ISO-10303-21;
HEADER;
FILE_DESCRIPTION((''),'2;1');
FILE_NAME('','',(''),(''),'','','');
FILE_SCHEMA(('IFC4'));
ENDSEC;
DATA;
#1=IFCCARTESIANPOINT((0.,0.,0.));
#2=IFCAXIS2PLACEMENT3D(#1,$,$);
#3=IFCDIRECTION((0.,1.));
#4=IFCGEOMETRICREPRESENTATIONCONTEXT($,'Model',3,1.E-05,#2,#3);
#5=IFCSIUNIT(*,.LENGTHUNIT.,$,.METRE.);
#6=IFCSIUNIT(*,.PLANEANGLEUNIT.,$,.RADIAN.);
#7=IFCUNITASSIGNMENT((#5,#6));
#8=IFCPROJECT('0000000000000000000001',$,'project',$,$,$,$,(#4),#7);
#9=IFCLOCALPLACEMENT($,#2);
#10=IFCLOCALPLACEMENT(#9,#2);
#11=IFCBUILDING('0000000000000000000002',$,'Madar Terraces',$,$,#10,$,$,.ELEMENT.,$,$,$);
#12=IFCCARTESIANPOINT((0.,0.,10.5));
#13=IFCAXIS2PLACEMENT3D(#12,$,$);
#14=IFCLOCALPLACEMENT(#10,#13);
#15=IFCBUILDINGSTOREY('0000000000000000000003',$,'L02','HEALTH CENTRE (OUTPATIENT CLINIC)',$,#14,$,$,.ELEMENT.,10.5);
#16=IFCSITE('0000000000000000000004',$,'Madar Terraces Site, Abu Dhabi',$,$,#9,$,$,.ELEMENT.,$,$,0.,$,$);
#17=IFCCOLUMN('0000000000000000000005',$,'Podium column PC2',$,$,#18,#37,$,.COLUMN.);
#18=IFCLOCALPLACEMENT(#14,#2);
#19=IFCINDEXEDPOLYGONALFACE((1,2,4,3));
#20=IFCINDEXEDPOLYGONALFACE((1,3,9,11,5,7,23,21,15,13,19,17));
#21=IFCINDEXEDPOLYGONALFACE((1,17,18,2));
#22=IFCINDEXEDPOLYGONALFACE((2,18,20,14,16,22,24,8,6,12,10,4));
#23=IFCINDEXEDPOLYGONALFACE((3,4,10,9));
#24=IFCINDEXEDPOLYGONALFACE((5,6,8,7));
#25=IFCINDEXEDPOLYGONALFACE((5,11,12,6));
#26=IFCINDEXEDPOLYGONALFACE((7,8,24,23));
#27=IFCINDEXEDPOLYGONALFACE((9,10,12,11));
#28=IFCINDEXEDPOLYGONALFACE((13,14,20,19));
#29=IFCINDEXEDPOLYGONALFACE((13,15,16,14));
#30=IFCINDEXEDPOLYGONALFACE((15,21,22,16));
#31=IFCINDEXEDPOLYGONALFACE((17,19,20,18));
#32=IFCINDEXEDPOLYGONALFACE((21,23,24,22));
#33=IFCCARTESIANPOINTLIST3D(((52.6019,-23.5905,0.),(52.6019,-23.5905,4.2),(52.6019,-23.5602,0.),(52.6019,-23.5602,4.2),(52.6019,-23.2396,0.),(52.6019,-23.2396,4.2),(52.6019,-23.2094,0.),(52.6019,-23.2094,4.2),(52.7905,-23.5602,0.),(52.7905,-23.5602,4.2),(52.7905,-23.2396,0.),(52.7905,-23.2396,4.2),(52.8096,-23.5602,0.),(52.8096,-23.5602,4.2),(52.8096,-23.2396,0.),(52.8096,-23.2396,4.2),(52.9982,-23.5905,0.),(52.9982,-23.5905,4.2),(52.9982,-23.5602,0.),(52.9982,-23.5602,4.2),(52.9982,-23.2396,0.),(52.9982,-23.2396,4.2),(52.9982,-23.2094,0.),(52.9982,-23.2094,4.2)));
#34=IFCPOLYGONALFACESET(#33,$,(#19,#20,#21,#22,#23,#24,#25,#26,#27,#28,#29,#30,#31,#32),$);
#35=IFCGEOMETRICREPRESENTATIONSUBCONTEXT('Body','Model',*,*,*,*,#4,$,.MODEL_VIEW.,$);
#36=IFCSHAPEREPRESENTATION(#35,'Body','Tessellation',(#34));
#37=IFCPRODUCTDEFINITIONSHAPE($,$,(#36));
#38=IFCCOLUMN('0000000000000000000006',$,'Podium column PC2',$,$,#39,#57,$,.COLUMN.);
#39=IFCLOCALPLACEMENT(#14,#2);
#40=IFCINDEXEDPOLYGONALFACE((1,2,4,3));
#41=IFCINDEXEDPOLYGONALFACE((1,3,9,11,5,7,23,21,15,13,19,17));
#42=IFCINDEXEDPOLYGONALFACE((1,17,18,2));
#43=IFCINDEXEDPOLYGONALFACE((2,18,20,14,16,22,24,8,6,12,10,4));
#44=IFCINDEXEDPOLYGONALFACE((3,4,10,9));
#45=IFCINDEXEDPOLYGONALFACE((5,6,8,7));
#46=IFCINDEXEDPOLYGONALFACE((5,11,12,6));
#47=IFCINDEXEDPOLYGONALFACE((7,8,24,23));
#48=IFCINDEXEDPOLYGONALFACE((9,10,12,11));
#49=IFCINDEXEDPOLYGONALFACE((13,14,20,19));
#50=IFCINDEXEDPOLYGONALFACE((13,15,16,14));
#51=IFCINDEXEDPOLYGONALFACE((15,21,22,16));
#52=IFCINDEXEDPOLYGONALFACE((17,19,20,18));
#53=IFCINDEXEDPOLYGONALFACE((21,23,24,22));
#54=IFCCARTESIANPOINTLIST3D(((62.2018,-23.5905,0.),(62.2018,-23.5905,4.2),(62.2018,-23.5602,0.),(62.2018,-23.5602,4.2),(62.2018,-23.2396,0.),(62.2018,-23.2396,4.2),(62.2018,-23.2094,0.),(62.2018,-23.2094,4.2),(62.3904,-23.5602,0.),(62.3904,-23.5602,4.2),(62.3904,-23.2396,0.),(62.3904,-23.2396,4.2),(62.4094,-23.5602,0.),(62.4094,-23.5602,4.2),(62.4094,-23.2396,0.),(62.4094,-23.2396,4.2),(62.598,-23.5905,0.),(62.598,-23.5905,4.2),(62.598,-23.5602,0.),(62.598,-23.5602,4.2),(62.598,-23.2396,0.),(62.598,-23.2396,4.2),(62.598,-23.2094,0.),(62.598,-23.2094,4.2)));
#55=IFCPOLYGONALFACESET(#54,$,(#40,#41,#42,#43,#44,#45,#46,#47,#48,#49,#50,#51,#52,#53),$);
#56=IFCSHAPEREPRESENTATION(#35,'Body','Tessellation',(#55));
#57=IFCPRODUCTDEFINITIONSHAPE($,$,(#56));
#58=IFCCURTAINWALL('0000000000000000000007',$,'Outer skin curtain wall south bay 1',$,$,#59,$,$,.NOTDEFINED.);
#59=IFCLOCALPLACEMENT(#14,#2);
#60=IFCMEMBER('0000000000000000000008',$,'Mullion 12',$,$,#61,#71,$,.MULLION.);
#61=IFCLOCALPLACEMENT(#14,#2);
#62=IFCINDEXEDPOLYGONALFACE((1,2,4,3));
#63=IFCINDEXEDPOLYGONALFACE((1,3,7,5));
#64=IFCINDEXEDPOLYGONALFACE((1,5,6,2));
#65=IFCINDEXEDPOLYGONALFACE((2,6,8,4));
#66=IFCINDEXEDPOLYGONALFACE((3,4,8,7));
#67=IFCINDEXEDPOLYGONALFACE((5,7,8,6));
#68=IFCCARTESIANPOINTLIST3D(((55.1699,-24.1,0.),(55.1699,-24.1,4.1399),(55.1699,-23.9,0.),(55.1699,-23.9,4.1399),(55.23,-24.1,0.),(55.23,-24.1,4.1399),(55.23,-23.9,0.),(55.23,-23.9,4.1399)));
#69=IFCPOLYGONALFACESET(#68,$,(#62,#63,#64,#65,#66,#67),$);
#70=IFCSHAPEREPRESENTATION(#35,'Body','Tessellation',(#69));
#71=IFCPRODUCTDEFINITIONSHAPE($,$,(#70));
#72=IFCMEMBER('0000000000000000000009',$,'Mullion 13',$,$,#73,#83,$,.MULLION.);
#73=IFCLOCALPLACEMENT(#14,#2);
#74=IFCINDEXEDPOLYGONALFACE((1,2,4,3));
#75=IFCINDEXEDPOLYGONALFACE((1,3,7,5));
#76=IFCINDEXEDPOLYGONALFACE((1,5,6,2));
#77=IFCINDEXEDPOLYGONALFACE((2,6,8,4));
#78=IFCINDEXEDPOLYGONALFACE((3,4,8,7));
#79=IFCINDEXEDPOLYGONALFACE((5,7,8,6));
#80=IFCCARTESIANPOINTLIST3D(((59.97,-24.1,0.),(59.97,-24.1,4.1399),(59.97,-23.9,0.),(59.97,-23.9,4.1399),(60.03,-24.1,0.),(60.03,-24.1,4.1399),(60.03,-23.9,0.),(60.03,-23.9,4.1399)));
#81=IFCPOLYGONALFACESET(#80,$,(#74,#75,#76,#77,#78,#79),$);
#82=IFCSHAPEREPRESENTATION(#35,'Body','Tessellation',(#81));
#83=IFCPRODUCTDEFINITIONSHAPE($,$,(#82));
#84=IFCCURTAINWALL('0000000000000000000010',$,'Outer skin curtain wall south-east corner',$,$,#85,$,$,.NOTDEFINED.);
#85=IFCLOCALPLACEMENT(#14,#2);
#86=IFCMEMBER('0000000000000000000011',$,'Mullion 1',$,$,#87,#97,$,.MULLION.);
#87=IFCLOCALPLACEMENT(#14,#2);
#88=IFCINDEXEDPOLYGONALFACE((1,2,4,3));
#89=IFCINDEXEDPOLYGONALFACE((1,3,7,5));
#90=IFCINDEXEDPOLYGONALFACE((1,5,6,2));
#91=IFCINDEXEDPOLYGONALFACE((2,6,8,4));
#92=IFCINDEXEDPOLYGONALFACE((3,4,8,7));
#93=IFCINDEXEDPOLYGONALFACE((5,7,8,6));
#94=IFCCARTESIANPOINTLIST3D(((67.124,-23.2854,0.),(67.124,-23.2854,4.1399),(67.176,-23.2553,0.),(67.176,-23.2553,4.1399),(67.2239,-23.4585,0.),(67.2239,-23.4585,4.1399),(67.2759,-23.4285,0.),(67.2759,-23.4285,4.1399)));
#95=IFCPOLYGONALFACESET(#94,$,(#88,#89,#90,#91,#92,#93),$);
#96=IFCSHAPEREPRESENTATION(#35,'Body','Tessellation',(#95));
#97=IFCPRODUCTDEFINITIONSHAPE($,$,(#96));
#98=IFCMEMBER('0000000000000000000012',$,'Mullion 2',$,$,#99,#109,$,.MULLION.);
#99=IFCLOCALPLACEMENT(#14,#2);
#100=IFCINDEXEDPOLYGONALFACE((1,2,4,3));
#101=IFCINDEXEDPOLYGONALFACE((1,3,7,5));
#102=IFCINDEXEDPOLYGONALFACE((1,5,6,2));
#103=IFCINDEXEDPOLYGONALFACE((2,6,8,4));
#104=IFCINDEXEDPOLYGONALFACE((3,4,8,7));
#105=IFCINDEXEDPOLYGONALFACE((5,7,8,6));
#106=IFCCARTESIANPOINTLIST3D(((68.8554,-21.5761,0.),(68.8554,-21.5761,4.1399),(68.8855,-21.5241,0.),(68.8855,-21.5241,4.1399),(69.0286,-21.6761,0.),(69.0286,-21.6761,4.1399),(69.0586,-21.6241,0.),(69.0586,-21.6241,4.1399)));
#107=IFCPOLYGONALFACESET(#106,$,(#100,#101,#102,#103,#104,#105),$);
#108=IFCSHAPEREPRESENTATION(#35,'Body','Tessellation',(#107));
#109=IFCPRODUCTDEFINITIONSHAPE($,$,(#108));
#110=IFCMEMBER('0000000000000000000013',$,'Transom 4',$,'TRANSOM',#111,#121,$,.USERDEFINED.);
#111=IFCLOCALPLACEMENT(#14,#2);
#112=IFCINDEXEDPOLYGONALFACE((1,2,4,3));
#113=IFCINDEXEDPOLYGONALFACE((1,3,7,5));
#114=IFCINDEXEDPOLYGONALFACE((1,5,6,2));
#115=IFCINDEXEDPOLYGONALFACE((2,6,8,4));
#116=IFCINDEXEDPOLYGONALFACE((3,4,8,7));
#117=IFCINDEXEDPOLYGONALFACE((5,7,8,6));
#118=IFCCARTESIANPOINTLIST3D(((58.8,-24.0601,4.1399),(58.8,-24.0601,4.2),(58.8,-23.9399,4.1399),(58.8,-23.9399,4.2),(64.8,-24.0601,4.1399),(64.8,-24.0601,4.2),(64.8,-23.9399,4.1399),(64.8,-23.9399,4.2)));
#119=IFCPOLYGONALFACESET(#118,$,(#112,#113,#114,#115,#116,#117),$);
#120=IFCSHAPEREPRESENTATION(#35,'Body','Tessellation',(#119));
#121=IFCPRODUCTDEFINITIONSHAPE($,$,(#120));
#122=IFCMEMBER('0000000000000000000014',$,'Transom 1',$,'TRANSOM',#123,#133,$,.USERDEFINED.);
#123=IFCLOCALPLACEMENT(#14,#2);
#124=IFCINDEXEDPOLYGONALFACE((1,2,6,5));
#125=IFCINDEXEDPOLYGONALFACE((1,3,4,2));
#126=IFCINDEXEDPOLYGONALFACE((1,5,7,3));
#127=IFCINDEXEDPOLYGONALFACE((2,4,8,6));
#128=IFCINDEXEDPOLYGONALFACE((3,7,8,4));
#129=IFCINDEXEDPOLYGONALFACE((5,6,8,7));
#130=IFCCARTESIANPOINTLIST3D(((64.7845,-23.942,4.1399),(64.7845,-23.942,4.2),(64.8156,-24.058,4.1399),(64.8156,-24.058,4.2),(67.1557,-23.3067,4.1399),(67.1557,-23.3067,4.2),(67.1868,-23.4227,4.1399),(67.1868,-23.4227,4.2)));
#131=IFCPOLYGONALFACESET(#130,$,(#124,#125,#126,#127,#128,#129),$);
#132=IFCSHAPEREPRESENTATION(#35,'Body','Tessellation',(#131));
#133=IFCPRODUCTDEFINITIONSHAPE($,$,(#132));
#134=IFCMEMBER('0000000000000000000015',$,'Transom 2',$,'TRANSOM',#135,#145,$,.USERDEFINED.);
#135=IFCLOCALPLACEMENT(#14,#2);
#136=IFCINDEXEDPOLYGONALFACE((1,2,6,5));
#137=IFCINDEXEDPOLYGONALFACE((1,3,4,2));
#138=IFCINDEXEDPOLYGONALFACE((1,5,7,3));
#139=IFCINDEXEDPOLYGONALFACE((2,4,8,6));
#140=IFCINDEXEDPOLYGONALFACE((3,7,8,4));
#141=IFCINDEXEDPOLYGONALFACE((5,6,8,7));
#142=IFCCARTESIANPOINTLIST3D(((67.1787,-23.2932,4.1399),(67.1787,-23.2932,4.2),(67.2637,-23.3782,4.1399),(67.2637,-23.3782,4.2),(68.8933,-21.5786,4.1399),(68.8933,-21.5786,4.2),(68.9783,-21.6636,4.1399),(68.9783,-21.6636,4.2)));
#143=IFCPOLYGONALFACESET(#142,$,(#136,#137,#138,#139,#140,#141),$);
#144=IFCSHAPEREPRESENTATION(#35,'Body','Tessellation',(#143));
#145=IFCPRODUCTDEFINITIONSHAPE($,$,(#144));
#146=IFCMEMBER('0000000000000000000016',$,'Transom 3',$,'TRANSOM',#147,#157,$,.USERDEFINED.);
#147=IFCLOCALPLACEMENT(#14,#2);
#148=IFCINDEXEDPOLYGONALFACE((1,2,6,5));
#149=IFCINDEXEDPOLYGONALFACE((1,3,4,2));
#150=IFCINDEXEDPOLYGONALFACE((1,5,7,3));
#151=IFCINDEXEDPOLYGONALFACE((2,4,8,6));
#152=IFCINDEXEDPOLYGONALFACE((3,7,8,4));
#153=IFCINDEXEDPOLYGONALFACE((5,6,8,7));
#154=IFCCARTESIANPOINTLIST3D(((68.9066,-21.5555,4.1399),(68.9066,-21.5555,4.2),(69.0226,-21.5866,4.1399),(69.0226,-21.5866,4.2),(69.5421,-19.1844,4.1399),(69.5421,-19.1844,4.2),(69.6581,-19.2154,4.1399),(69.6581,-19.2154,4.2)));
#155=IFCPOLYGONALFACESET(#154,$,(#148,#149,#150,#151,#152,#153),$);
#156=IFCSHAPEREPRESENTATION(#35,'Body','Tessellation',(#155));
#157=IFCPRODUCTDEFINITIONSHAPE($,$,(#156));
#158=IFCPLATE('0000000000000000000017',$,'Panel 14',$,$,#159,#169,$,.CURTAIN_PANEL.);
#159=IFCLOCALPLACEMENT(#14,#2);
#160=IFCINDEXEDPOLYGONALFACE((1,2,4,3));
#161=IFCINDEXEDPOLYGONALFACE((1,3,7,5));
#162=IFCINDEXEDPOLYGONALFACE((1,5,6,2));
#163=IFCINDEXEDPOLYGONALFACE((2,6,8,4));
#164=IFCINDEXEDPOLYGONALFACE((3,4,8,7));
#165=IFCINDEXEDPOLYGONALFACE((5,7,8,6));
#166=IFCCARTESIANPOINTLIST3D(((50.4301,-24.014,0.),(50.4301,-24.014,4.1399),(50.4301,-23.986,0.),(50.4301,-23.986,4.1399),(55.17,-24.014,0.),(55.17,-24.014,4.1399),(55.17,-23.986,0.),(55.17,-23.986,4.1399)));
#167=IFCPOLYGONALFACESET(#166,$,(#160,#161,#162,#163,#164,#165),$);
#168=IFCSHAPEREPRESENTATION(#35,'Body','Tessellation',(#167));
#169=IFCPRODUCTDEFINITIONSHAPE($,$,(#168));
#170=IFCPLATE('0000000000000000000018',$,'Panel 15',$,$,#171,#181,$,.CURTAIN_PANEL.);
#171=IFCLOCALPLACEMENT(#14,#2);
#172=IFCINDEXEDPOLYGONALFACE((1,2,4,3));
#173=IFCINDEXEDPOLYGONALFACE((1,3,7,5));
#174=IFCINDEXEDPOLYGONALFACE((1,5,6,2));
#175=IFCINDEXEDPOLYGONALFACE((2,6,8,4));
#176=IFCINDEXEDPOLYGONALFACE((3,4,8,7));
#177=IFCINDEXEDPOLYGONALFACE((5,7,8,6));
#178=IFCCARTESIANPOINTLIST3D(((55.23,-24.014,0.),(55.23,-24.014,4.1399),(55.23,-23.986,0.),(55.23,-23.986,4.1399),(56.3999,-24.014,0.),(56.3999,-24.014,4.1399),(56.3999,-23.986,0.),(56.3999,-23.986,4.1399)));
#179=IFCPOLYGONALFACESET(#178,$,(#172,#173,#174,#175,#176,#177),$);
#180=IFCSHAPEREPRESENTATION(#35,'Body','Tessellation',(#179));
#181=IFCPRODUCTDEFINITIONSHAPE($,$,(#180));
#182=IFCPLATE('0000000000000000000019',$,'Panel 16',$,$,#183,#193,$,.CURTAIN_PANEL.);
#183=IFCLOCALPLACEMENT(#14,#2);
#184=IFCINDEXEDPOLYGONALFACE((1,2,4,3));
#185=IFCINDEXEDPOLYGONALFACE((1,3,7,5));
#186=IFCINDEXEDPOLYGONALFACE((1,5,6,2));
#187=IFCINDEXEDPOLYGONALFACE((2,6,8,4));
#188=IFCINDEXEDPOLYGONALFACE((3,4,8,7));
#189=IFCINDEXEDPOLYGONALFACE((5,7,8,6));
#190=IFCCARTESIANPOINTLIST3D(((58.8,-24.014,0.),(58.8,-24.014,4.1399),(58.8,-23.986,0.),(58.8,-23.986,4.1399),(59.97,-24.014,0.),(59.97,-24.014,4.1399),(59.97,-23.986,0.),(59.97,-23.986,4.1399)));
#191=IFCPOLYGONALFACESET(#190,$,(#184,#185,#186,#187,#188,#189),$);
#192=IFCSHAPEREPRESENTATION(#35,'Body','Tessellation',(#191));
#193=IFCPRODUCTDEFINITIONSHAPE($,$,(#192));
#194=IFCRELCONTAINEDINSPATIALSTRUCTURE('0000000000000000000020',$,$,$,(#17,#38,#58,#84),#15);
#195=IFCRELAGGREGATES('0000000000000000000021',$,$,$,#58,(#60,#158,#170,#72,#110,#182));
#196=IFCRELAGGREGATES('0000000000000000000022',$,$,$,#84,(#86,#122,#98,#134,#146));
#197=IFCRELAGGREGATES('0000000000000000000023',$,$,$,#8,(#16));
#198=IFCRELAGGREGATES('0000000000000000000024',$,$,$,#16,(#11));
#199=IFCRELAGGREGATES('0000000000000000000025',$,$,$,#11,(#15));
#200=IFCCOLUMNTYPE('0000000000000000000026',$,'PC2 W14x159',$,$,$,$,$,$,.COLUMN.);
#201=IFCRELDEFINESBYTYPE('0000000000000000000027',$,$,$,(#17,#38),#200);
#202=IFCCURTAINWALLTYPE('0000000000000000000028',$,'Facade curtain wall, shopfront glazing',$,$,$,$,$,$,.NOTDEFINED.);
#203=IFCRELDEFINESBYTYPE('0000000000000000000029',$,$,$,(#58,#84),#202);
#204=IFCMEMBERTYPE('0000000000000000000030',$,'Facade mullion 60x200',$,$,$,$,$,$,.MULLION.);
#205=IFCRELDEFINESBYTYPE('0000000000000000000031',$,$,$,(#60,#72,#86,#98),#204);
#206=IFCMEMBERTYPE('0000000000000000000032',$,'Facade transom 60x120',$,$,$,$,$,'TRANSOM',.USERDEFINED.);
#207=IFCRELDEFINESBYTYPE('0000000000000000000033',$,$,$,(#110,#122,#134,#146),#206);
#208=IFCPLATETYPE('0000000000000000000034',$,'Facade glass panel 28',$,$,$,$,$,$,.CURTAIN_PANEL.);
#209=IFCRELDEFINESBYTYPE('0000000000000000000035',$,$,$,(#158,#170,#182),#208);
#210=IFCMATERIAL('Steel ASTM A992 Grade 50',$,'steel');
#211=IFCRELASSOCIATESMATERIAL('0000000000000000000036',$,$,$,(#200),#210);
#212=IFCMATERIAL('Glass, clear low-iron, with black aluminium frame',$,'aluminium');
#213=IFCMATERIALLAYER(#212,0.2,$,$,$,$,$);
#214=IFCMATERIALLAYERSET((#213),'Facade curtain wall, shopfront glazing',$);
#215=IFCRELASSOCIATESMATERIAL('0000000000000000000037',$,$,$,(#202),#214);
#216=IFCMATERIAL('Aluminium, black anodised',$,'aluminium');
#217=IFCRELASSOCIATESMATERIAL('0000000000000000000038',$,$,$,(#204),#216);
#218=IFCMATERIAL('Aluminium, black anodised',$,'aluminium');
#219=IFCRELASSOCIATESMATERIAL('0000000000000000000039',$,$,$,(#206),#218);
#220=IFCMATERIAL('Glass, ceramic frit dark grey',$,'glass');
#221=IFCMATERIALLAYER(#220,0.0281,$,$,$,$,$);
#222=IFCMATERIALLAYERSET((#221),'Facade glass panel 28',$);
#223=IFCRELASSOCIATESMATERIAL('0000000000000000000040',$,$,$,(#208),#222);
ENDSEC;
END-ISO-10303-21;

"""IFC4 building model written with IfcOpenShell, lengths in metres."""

from ifc_helpers import new_model, si_unit, direction, frame, origin, origin_2d, place, context, subcontext, project, spatial, rectangle, i_section, extrude, material, layer, layer_set, material_profile, profile_set, type_object, element, aggregate, save


model = new_model("IFC4")

# Units and contexts
model_context = context("Model", 3, precision=1e-05, world=origin(), true_north=direction((0.0, 1.0)))
body_context = subcontext(model_context, "Body", "Model", "MODEL_VIEW")
ifc_project = project(units=[si_unit("LENGTHUNIT", "METRE"), si_unit("PLANEANGLEUNIT", "RADIAN")], contexts=[model_context])

# Site, building, storey
site_placement = place(None, origin())
site = spatial("IfcSite", under=ifc_project, at=site_placement, Name="Madar Terraces Site, Abu Dhabi", CompositionType="ELEMENT", RefElevation=0.0)
building_placement = place(site_placement, origin())
building = spatial("IfcBuilding", under=site, at=building_placement, Name="Madar Terraces", CompositionType="ELEMENT")
storey_placement = place(building_placement, frame((0.0, 0.0, 10.5)))
storey = spatial("IfcBuildingStorey", under=building, at=storey_placement, Name="L02", Description="HEALTH CENTRE (OUTPATIENT CLINIC)", CompositionType="ELEMENT", Elevation=10.5)

# Columns
ifc_material_1 = material(Name="Steel ASTM A992 Grade 50", Category="steel")
ifc_material_profile_1 = material_profile(ifc_material_1, i_section(OverallWidth=0.3962, OverallDepth=0.3811, WebThickness=0.019, FlangeThickness=0.0303, at=origin_2d()), Name="W14x159")
ifc_profile_set_1 = profile_set([ifc_material_profile_1], Name="Steel ASTM A992 Grade 50")
column_type = type_object("IfcColumnType", Name="PC2 W14x159", PredefinedType="COLUMN", material=ifc_profile_set_1)
for number, where, z_axis, x_axis, name in (
    (1, (52.8, -23.3999, 0.0), (0.0, 0.0, 1.0), (1.0, 0.0, 0.0), "Podium column PC2"),
    (2, (62.3999, -23.3999, 0.0), (0.0, 0.0, 1.0), (1.0, 0.0, 0.0), "Podium column PC2"),
):
    element("IfcColumn", number, at=place(storey_placement, frame(where, z_axis=z_axis, x_axis=x_axis)), inside=storey, type_object=column_type, Name=name, PredefinedType="COLUMN", context=body_context, shape_type="SweptSolid", body=[
        extrude(i_section(OverallWidth=0.3962, OverallDepth=0.3811, WebThickness=0.019, FlangeThickness=0.0303, at=origin_2d()), origin(), (0.0, 0.0, 1.0), 4.2),
    ])

# Curtain walls, members
ifc_material_2 = material(Name="Glass, clear low-iron, with black aluminium frame", Category="aluminium")
ifc_layer_1 = layer(ifc_material_2, 0.2)
ifc_layer_set_1 = layer_set([ifc_layer_1], Name="Facade curtain wall, shopfront glazing")
curtain_wall_type = type_object("IfcCurtainWallType", Name="Facade curtain wall, shopfront glazing", PredefinedType="NOTDEFINED", material=ifc_layer_set_1)
curtain_wall_1_placement = place(storey_placement, origin())
curtain_wall_1 = element("IfcCurtainWall", 3, at=curtain_wall_1_placement, inside=storey, type_object=curtain_wall_type, Name="Outer skin curtain wall south bay 1", PredefinedType="NOTDEFINED")
ifc_material_3 = material(Name="Aluminium, black anodised", Category="aluminium")
ifc_material_profile_2 = material_profile(ifc_material_3, rectangle(XDim=0.2, YDim=0.0601, at=origin_2d()), Name="Facade mullion 60x200")
ifc_profile_set_2 = profile_set([ifc_material_profile_2], Name="Aluminium, black anodised")
member_type_1 = type_object("IfcMemberType", Name="Facade mullion 60x200", PredefinedType="MULLION", material=ifc_profile_set_2)
member_1_placement = place(storey_placement, frame((55.2, -24.0, 0.0), z_axis=(0.0, 0.0, 1.0), x_axis=(0.0, 1.0, 0.0)))
member_1 = element("IfcMember", 4, at=member_1_placement, type_object=member_type_1, Name="Mullion 12", PredefinedType="MULLION", context=body_context, shape_type="SweptSolid", body=[
    extrude(rectangle(XDim=0.2, YDim=0.0601, at=origin_2d()), origin(), (0.0, 0.0, 1.0), 4.1399),
])
member_2_placement = place(storey_placement, frame((60.0, -24.0, 0.0), z_axis=(0.0, 0.0, 1.0), x_axis=(0.0, 1.0, 0.0)))
member_2 = element("IfcMember", 5, at=member_2_placement, type_object=member_type_1, Name="Mullion 13", PredefinedType="MULLION", context=body_context, shape_type="SweptSolid", body=[
    extrude(rectangle(XDim=0.2, YDim=0.0601, at=origin_2d()), origin(), (0.0, 0.0, 1.0), 4.1399),
])
curtain_wall_2_placement = place(storey_placement, origin())
curtain_wall_2 = element("IfcCurtainWall", 6, at=curtain_wall_2_placement, inside=storey, type_object=curtain_wall_type, Name="Outer skin curtain wall south-east corner", PredefinedType="NOTDEFINED")
member_3_placement = place(storey_placement, frame((67.2, -23.3569, 0.0), z_axis=(0.0, 0.0, 1.0), x_axis=(-0.5, 0.866025, 0.0)))
member_3 = element("IfcMember", 7, at=member_3_placement, type_object=member_type_1, Name="Mullion 1", PredefinedType="MULLION", context=body_context, shape_type="SweptSolid", body=[
    extrude(rectangle(XDim=0.2, YDim=0.0601, at=origin_2d()), origin(), (0.0, 0.0, 1.0), 4.1399),
])
member_4_placement = place(storey_placement, frame((68.957, -21.6001, 0.0), z_axis=(0.0, 0.0, 1.0), x_axis=(-0.866025, 0.5, 0.0)))
member_4 = element("IfcMember", 8, at=member_4_placement, type_object=member_type_1, Name="Mullion 2", PredefinedType="MULLION", context=body_context, shape_type="SweptSolid", body=[
    extrude(rectangle(XDim=0.2, YDim=0.0601, at=origin_2d()), origin(), (0.0, 0.0, 1.0), 4.1399),
])

# Members
ifc_material_4 = material(Name="Aluminium, black anodised", Category="aluminium")
ifc_material_profile_3 = material_profile(ifc_material_4, rectangle(XDim=0.1201, YDim=0.0601, at=origin_2d()), Name="Facade transom 60x120")
ifc_profile_set_3 = profile_set([ifc_material_profile_3], Name="Aluminium, black anodised")
member_type_2 = type_object("IfcMemberType", Name="Facade transom 60x120", ElementType="TRANSOM", PredefinedType="USERDEFINED", material=ifc_profile_set_3)
member_5_placement = place(storey_placement, frame((58.8, -24.0, 4.1699), z_axis=(1.0, 0.0, 0.0), x_axis=(0.0, 1.0, 0.0)))
member_5 = element("IfcMember", 9, at=member_5_placement, type_object=member_type_2, Name="Transom 4", ObjectType="TRANSOM", PredefinedType="USERDEFINED", context=body_context, shape_type="SweptSolid", body=[
    extrude(rectangle(XDim=0.1201, YDim=0.0601, at=origin_2d()), origin(), (0.0, 0.0, 1.0), 6.0),
])
member_6_placement = place(storey_placement, frame((64.8, -24.0, 4.1699), z_axis=(0.965934, 0.258789, 0.0), x_axis=(-0.258789, 0.965934, 0.0)))
member_6 = element("IfcMember", 10, at=member_6_placement, type_object=member_type_2, Name="Transom 1", ObjectType="TRANSOM", PredefinedType="USERDEFINED", context=body_context, shape_type="SweptSolid", body=[
    extrude(rectangle(XDim=0.1201, YDim=0.0601, at=origin_2d()), origin(), (0.0, 0.0, 1.0), 2.4548),
])
member_7_placement = place(storey_placement, frame((67.2212, -23.3357, 4.1699), z_axis=(0.707107, 0.707107, 0.0), x_axis=(-0.707107, 0.707107, 0.0)))
member_7 = element("IfcMember", 11, at=member_7_placement, type_object=member_type_2, Name="Transom 2", ObjectType="TRANSOM", PredefinedType="USERDEFINED", context=body_context, shape_type="SweptSolid", body=[
    extrude(rectangle(XDim=0.1201, YDim=0.0601, at=origin_2d()), origin(), (0.0, 0.0, 1.0), 2.4248),
])
member_8_placement = place(storey_placement, frame((68.9646, -21.571, 4.1699), z_axis=(0.258882, 0.965909, 0.0), x_axis=(-0.965909, 0.258882, 0.0)))
member_8 = element("IfcMember", 12, at=member_8_placement, type_object=member_type_2, Name="Transom 3", ObjectType="TRANSOM", PredefinedType="USERDEFINED", context=body_context, shape_type="SweptSolid", body=[
    extrude(rectangle(XDim=0.1201, YDim=0.0601, at=origin_2d()), origin(), (0.0, 0.0, 1.0), 2.4548),
])

# Plates
ifc_material_5 = material(Name="Glass, ceramic frit dark grey", Category="glass")
ifc_layer_2 = layer(ifc_material_5, 0.0281)
ifc_layer_set_2 = layer_set([ifc_layer_2], Name="Facade glass panel 28")
plate_type = type_object("IfcPlateType", Name="Facade glass panel 28", PredefinedType="CURTAIN_PANEL", material=ifc_layer_set_2)
plate_1_placement = place(storey_placement, frame((52.8, -24.0, 0.0), z_axis=(0.0, 0.0, 1.0), x_axis=(1.0, 0.0, 0.0)))
plate_1 = element("IfcPlate", 13, at=plate_1_placement, type_object=plate_type, Name="Panel 14", PredefinedType="CURTAIN_PANEL", context=body_context, shape_type="SweptSolid", body=[
    extrude(rectangle(XDim=4.74, YDim=0.0281, at=origin_2d()), origin(), (0.0, 0.0, 1.0), 4.1399),
])
plate_2_placement = place(storey_placement, frame((55.8149, -24.0, 0.0), z_axis=(0.0, 0.0, 1.0), x_axis=(1.0, 0.0, 0.0)))
plate_2 = element("IfcPlate", 14, at=plate_2_placement, type_object=plate_type, Name="Panel 15", PredefinedType="CURTAIN_PANEL", context=body_context, shape_type="SweptSolid", body=[
    extrude(rectangle(XDim=1.1699, YDim=0.0281, at=origin_2d()), origin(), (0.0, 0.0, 1.0), 4.1399),
])
plate_3_placement = place(storey_placement, frame((59.385, -24.0, 0.0), z_axis=(0.0, 0.0, 1.0), x_axis=(1.0, 0.0, 0.0)))
plate_3 = element("IfcPlate", 15, at=plate_3_placement, type_object=plate_type, Name="Panel 16", PredefinedType="CURTAIN_PANEL", context=body_context, shape_type="SweptSolid", body=[
    extrude(rectangle(XDim=1.1699, YDim=0.0281, at=origin_2d()), origin(), (0.0, 0.0, 1.0), 4.1399),
])
aggregate(curtain_wall_1, [member_1, plate_1, plate_2, member_2, member_5, plate_3])
aggregate(curtain_wall_2, [member_3, member_6, member_4, member_7, member_8])

save(model, "model.ifc")
